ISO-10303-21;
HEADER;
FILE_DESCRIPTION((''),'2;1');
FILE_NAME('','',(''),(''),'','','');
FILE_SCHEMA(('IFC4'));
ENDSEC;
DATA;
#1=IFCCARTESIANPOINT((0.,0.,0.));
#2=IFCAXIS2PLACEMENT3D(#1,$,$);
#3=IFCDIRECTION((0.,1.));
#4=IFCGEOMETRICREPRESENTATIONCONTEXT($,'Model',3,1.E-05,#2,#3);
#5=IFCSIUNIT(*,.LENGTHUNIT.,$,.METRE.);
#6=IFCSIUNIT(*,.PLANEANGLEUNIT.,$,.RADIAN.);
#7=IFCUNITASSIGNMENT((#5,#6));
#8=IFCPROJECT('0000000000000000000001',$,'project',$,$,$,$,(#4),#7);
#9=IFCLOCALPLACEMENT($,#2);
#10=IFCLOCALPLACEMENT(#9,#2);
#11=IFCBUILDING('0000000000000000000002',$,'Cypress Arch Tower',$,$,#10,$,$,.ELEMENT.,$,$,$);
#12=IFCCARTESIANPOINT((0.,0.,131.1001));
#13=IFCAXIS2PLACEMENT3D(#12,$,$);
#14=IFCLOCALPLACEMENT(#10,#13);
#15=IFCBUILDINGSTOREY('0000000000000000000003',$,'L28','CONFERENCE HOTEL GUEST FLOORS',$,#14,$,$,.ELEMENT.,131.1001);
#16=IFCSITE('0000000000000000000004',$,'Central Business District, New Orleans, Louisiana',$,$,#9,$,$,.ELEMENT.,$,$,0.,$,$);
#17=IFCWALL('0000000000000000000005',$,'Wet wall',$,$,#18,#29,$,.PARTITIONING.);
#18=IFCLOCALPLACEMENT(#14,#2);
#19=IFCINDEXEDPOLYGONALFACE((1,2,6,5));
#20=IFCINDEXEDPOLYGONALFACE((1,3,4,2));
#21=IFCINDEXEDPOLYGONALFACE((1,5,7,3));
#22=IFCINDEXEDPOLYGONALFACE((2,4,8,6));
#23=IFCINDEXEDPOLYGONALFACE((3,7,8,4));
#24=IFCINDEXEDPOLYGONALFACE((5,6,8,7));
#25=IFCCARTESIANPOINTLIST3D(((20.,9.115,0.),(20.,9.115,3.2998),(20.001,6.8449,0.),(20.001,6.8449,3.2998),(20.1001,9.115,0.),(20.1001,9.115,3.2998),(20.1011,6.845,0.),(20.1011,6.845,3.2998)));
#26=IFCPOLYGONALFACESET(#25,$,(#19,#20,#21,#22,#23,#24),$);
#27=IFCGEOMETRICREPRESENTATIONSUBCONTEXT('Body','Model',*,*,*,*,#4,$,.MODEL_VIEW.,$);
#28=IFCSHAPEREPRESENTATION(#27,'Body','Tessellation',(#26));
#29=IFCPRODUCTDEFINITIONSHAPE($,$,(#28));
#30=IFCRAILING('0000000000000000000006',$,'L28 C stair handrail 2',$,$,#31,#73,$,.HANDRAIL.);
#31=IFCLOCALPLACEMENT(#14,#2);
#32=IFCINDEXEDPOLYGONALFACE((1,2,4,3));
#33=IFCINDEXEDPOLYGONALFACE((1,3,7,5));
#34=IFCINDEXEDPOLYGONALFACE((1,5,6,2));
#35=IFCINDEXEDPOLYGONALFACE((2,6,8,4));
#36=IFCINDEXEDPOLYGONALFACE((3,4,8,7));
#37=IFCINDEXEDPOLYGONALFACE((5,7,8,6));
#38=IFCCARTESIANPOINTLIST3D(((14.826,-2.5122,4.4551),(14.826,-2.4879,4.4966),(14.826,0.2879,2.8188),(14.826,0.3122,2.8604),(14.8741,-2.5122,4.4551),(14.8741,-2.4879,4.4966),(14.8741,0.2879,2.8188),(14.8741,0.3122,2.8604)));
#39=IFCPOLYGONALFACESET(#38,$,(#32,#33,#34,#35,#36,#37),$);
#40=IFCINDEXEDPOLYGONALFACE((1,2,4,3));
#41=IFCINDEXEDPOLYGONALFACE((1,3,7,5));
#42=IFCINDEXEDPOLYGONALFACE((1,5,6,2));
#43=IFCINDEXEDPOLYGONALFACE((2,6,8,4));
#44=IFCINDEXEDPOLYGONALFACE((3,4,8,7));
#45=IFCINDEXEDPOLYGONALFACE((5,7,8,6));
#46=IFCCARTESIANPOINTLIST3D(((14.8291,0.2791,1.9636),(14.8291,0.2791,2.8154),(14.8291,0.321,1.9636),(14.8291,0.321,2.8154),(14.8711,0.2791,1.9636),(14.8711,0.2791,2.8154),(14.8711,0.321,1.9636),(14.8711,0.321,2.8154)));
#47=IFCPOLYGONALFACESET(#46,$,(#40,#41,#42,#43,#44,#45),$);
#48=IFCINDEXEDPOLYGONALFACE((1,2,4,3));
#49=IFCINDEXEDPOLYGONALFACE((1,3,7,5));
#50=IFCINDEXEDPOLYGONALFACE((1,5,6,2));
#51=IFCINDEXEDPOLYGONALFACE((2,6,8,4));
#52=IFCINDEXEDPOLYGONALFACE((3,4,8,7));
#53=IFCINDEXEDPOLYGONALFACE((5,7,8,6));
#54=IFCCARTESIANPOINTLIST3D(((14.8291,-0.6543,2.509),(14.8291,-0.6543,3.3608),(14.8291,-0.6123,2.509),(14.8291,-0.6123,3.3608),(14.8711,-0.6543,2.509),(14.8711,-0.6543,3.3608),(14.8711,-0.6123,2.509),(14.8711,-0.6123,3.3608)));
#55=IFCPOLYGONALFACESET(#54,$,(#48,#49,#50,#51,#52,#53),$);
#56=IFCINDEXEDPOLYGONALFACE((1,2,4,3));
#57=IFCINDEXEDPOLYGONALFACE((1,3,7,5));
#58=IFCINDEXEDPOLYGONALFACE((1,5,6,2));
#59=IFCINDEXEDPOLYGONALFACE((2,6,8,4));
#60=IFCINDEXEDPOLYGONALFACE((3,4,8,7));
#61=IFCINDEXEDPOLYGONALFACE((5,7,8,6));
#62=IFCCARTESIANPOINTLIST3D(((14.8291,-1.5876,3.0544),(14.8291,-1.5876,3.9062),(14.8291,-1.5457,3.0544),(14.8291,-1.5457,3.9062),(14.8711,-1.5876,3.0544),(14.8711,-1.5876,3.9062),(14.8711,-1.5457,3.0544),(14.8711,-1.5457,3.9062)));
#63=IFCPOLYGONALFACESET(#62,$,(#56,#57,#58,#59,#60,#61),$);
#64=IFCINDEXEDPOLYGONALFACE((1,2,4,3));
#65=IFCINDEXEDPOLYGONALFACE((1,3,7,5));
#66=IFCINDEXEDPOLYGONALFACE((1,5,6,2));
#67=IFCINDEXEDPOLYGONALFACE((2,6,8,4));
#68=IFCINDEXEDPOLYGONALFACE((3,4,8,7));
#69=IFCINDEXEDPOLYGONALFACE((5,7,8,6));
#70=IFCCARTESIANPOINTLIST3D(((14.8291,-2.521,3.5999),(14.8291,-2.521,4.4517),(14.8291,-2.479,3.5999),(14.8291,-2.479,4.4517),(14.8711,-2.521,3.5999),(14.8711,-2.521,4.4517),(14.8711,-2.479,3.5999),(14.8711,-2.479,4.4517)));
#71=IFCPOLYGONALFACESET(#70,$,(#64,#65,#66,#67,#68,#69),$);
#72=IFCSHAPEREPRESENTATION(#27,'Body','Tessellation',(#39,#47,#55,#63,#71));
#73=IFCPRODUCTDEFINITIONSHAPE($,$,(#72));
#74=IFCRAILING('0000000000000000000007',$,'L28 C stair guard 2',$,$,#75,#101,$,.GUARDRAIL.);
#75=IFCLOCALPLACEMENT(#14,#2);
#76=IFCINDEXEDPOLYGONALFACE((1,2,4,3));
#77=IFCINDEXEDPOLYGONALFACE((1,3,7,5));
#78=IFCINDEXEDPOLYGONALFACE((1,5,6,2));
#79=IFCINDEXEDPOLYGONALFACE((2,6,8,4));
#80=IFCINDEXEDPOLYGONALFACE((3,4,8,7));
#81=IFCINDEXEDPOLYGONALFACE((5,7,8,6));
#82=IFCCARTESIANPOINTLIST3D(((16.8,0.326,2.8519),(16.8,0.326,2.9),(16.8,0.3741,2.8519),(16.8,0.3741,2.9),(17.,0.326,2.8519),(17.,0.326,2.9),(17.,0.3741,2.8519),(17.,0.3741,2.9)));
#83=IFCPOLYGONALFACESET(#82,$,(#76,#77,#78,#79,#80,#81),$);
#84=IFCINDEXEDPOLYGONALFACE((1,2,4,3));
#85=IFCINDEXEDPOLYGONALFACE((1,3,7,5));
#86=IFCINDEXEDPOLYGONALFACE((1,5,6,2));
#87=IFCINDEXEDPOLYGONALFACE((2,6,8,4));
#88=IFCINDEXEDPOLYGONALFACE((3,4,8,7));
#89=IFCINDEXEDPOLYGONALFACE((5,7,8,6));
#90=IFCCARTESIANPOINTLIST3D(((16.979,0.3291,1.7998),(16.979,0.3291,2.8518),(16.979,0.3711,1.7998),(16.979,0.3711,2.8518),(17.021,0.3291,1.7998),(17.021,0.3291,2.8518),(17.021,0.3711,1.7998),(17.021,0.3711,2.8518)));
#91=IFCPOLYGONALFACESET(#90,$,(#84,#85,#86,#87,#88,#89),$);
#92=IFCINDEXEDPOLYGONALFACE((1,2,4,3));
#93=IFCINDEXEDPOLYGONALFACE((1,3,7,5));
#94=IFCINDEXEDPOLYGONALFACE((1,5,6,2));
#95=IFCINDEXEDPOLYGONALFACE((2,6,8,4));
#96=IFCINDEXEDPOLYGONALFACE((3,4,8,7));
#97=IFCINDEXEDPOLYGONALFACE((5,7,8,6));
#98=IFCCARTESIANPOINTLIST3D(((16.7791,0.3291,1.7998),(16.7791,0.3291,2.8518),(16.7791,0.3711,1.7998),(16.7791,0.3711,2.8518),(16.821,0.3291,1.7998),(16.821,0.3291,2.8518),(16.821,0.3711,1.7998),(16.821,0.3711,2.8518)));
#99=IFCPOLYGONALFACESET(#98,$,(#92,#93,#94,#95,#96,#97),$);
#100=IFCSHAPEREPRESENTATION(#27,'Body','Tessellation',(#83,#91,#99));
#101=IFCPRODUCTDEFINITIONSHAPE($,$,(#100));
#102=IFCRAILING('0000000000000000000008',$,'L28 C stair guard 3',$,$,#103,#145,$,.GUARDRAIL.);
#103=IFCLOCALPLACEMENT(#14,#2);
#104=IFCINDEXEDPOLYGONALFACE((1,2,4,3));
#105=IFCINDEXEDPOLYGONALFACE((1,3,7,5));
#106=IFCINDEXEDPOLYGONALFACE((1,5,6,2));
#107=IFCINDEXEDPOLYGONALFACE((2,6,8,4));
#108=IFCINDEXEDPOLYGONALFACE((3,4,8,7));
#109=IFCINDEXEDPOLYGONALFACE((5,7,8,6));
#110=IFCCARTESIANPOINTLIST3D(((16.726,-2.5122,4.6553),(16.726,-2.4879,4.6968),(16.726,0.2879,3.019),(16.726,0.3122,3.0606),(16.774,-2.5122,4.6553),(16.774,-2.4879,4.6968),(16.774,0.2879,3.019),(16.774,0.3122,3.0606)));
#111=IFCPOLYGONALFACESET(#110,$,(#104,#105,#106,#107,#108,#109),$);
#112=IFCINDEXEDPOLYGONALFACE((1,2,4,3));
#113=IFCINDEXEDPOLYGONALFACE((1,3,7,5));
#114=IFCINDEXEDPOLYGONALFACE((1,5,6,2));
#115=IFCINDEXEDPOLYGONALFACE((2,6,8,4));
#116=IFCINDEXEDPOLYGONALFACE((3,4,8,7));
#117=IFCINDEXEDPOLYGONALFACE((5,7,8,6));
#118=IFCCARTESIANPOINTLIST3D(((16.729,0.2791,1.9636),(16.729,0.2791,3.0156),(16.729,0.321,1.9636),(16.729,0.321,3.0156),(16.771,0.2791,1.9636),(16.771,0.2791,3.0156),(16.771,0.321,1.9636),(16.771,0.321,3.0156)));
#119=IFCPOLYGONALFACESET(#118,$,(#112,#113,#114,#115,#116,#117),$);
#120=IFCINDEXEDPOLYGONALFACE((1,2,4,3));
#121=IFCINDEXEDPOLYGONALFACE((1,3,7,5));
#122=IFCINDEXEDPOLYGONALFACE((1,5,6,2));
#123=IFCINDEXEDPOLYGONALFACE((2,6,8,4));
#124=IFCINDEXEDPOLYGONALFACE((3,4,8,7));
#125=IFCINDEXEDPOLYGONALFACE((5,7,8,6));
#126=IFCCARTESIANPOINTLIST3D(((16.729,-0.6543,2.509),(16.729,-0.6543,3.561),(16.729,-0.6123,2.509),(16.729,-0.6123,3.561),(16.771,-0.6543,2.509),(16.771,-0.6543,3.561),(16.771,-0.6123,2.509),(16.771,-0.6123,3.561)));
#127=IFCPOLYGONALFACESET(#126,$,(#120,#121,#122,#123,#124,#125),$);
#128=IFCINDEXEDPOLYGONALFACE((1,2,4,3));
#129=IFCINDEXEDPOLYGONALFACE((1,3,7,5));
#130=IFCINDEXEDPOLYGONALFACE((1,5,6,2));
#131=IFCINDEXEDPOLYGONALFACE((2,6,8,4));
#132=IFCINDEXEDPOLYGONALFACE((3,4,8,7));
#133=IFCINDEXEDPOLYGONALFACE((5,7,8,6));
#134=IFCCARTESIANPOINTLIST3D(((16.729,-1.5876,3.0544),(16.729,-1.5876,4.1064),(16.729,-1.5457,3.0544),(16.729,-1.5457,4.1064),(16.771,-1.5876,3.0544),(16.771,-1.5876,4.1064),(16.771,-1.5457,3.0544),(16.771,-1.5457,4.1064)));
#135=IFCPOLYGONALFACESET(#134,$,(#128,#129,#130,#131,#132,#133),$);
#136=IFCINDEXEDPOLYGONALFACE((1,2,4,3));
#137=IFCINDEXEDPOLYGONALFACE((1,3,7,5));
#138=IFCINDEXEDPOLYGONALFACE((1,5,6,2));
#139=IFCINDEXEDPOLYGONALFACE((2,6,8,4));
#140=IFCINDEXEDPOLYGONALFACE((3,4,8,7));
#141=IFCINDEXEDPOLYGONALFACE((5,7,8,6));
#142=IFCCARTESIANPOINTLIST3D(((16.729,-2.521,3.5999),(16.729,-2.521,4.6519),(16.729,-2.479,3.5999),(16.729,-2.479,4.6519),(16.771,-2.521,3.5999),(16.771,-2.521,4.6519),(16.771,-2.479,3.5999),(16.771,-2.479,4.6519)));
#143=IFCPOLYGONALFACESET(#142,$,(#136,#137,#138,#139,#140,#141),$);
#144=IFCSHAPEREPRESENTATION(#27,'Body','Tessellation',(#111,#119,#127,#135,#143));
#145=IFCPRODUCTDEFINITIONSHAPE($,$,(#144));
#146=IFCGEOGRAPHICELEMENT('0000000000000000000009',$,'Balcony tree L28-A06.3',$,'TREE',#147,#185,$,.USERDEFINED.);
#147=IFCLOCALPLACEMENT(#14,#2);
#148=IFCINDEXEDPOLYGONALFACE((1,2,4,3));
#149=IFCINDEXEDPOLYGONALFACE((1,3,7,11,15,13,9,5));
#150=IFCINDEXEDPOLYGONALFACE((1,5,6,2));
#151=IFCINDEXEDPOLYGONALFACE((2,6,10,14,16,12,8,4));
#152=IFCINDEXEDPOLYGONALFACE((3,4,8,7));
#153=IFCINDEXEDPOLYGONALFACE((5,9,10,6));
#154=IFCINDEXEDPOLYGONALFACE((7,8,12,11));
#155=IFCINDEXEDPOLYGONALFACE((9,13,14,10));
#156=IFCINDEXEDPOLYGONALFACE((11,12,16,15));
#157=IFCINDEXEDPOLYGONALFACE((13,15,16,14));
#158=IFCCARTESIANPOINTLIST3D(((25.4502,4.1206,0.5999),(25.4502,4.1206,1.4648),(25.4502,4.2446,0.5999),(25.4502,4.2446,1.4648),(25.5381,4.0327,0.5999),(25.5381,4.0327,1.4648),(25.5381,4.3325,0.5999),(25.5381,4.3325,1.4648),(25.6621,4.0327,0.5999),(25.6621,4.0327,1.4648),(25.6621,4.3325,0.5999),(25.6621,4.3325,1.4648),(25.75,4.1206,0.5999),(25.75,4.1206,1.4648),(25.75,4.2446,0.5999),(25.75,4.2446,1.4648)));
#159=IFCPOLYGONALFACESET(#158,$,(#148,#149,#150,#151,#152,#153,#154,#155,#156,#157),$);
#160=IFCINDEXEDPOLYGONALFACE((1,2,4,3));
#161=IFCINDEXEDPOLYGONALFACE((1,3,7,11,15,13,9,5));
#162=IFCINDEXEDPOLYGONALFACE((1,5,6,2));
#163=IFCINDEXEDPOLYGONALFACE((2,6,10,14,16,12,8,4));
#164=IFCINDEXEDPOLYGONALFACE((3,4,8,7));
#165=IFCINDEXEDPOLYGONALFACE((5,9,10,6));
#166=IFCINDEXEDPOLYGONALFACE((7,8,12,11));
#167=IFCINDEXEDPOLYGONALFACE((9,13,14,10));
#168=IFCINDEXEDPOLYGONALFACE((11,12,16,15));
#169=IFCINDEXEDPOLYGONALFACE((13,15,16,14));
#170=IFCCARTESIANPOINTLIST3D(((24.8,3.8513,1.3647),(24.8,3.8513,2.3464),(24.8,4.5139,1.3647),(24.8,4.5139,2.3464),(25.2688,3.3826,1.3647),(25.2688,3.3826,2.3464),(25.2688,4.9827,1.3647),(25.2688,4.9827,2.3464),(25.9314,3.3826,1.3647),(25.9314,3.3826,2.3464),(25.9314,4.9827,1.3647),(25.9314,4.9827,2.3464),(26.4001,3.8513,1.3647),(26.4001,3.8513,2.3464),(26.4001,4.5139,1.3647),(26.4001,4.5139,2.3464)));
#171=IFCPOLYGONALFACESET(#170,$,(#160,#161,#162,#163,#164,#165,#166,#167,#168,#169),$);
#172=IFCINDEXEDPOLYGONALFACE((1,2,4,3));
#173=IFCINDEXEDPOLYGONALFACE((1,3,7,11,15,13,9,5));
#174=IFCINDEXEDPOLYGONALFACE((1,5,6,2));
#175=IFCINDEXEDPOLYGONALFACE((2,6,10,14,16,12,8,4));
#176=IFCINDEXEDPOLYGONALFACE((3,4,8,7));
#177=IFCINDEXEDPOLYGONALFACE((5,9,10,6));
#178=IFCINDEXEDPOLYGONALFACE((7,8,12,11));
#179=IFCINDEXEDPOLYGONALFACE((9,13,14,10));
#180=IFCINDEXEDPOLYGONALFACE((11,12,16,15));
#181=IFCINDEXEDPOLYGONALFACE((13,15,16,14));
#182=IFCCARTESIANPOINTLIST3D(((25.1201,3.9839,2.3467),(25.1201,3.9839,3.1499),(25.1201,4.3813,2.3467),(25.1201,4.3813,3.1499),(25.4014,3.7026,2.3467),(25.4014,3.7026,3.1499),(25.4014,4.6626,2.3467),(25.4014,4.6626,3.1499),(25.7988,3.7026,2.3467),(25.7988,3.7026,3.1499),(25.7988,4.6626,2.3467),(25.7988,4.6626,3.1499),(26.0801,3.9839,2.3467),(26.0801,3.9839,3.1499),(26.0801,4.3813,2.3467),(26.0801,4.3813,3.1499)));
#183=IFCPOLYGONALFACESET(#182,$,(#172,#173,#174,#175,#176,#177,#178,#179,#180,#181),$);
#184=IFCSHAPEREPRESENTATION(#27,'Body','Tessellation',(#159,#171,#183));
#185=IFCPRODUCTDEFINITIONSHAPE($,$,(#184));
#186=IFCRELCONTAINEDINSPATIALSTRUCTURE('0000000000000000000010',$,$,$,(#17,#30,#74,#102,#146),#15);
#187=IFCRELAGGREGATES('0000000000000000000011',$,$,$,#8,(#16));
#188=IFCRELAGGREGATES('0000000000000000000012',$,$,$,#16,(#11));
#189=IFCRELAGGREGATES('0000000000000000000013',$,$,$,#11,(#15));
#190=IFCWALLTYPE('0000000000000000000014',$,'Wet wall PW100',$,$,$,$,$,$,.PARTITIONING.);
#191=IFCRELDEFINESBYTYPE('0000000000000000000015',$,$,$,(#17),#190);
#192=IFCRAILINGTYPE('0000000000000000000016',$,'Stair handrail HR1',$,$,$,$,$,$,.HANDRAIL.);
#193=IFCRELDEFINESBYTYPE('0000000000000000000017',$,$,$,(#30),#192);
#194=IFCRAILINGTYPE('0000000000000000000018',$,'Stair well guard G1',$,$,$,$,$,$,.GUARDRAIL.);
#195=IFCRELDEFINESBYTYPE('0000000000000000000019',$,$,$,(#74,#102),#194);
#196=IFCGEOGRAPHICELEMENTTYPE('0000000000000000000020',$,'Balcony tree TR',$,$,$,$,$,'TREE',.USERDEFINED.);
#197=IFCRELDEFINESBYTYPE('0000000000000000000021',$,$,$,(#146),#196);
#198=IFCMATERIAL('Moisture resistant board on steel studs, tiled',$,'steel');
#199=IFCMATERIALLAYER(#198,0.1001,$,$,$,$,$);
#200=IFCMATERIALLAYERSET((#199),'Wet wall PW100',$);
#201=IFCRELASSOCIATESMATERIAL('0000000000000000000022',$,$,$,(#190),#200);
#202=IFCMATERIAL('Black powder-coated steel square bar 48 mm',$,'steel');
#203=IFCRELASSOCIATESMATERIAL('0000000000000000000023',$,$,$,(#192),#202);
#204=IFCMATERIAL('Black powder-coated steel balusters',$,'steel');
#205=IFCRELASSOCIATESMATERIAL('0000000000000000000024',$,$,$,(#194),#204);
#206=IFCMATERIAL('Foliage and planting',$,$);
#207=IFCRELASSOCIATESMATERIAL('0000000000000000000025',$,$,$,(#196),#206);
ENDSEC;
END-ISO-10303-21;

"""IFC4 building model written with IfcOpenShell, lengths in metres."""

from ifc_helpers import new_model, si_unit, direction, frame, frame_2d, origin, origin_2d, place, context, subcontext, project, spatial, polyline, rectangle, outline, extrude, material, layer, layer_set, type_object, element, save


model = new_model("IFC4")

# Units and contexts
model_context = context("Model", 3, precision=1e-05, world=origin(), true_north=direction((0.0, 1.0)))
body_context = subcontext(model_context, "Body", "Model", "MODEL_VIEW")
ifc_project = project(units=[si_unit("LENGTHUNIT", "METRE"), si_unit("PLANEANGLEUNIT", "RADIAN")], contexts=[model_context])

# Site, building, storey
site_placement = place(None, origin())
site = spatial("IfcSite", under=ifc_project, at=site_placement, Name="Central Business District, New Orleans, Louisiana", CompositionType="ELEMENT", RefElevation=0.0)
building_placement = place(site_placement, origin())
building = spatial("IfcBuilding", under=site, at=building_placement, Name="Cypress Arch Tower", CompositionType="ELEMENT")
storey_placement = place(building_placement, frame((0.0, 0.0, 131.1001)))
storey = spatial("IfcBuildingStorey", under=building, at=storey_placement, Name="L28", Description="CONFERENCE HOTEL GUEST FLOORS", CompositionType="ELEMENT", Elevation=131.1001)

# Shared definitions
ifc_material_1 = material(Name="Moisture resistant board on steel studs, tiled", Category="steel")
ifc_layer_1 = layer(ifc_material_1, 0.1001)
ifc_layer_set_1 = layer_set([ifc_layer_1], Name="Wet wall PW100")
wall_type_1 = type_object("IfcWallType", Name="Wet wall PW100", PredefinedType="PARTITIONING", material=ifc_layer_set_1)

# Wall
wall_1_placement = place(storey_placement, frame((20.05, 9.115, 0.0), z_axis=(0.0, 0.0, 1.0), x_axis=(0.00043, -1.0, 0.0)))
element("IfcWall", 1, at=wall_1_placement, inside=storey, type_object=wall_type_1, Name="Wet wall", PredefinedType="PARTITIONING", context=body_context, shape_type="SweptSolid", body=[
    extrude(rectangle(XDim=2.27, YDim=0.1001, at=frame_2d((1.135, 0.0))), origin(), (0.0, 0.0, 1.0), 3.2998),
])

# Railings
ifc_material_2 = material(Name="Black powder-coated steel square bar 48 mm", Category="steel")
railing_type_1 = type_object("IfcRailingType", Name="Stair handrail HR1", PredefinedType="HANDRAIL", material=ifc_material_2)
railing_1_placement = place(storey_placement, frame((14.8501, 0.3, 1.9636)))
element("IfcRailing", 2, at=railing_1_placement, inside=storey, type_object=railing_type_1, Name="L28 C stair handrail 2", PredefinedType="HANDRAIL", context=body_context, shape_type="SweptSolid", body=[
    extrude(rectangle(XDim=0.0481, YDim=0.0481, at=origin_2d()), frame((0.0, 0.0, 0.876), z_axis=(0.0, -0.863394, 0.504531), x_axis=(1.0, 0.0, 0.0)), (0.0, 0.0, 1.0), 3.2432),
    extrude(rectangle(XDim=0.042, YDim=0.042, at=origin_2d()), origin(), (0.0, 0.0, 1.0), 0.8518),
    extrude(rectangle(XDim=0.042, YDim=0.042, at=origin_2d()), frame((0.0, -0.9333, 0.5454)), (0.0, 0.0, 1.0), 0.8518),
    extrude(rectangle(XDim=0.042, YDim=0.042, at=origin_2d()), frame((0.0, -1.8667, 1.0908)), (0.0, 0.0, 1.0), 0.8518),
    extrude(rectangle(XDim=0.042, YDim=0.042, at=origin_2d()), frame((0.0, -2.8, 1.6362)), (0.0, 0.0, 1.0), 0.8518),
])
ifc_material_3 = material(Name="Black powder-coated steel balusters", Category="steel")
railing_type_2 = type_object("IfcRailingType", Name="Stair well guard G1", PredefinedType="GUARDRAIL", material=ifc_material_3)
railing_2_placement = place(storey_placement, frame((17.0, 0.3501, 1.7998)))
element("IfcRailing", 3, at=railing_2_placement, inside=storey, type_object=railing_type_2, Name="L28 C stair guard 2", PredefinedType="GUARDRAIL", context=body_context, shape_type="SweptSolid", body=[
    extrude(rectangle(XDim=0.0481, YDim=0.0481, at=origin_2d()), frame((0.0, 0.0, 1.0762), z_axis=(-1.0, 0.0, 0.0), x_axis=(0.0, -1.0, 0.0)), (0.0, 0.0, 1.0), 0.2),
    extrude(rectangle(XDim=0.042, YDim=0.042, at=origin_2d()), origin(), (0.0, 0.0, 1.0), 1.052),
    extrude(rectangle(XDim=0.042, YDim=0.042, at=origin_2d()), frame((-0.2, 0.0, 0.0)), (0.0, 0.0, 1.0), 1.052),
])
railing_3_placement = place(storey_placement, frame((16.75, 0.3, 1.9636)))
element("IfcRailing", 4, at=railing_3_placement, inside=storey, type_object=railing_type_2, Name="L28 C stair guard 3", PredefinedType="GUARDRAIL", context=body_context, shape_type="SweptSolid", body=[
    extrude(rectangle(XDim=0.0481, YDim=0.0481, at=origin_2d()), frame((0.0, 0.0, 1.0762), z_axis=(0.0, -0.863394, 0.504531), x_axis=(1.0, 0.0, 0.0)), (0.0, 0.0, 1.0), 3.2432),
    extrude(rectangle(XDim=0.042, YDim=0.042, at=origin_2d()), origin(), (0.0, 0.0, 1.0), 1.052),
    extrude(rectangle(XDim=0.042, YDim=0.042, at=origin_2d()), frame((0.0, -0.9333, 0.5454)), (0.0, 0.0, 1.0), 1.052),
    extrude(rectangle(XDim=0.042, YDim=0.042, at=origin_2d()), frame((0.0, -1.8667, 1.0908)), (0.0, 0.0, 1.0), 1.052),
    extrude(rectangle(XDim=0.042, YDim=0.042, at=origin_2d()), frame((0.0, -2.8, 1.6362)), (0.0, 0.0, 1.0), 1.052),
])

# Geographic element
ifc_material_4 = material(Name="Foliage and planting")
geographic_element_type = type_object("IfcGeographicElementType", Name="Balcony tree TR", ElementType="TREE", PredefinedType="USERDEFINED", material=ifc_material_4)
for number, where, z_axis, x_axis, name in (
    (5, (25.6001, 4.1826, 0.5999), (0.0, 0.0, 1.0), (1.0, 0.0, 0.0), "Balcony tree L28-A06.3"),
):
    element("IfcGeographicElement", number, at=place(storey_placement, frame(where, z_axis=z_axis, x_axis=x_axis)), inside=storey, type_object=geographic_element_type, Name=name, ObjectType="TREE", PredefinedType="USERDEFINED", context=body_context, shape_type="SweptSolid", body=[
        extrude(outline(polyline([(0.1499, 0.062), (0.062, 0.1499), (-0.062, 0.1499), (-0.1499, 0.062), (-0.1499, -0.062), (-0.062, -0.1499), (0.062, -0.1499), (0.1499, -0.062), (0.1499, 0.062)])), origin(), (0.0, 0.0, 1.0), 0.865),
        extrude(outline(polyline([(0.8, 0.3313), (0.3313, 0.8), (-0.3313, 0.8), (-0.8, 0.3313), (-0.8, -0.3313), (-0.3313, -0.8), (0.3313, -0.8), (0.8, -0.3313), (0.8, 0.3313)])), frame((0.0, 0.0, 0.7649)), (0.0, 0.0, 1.0), 0.9817),
        extrude(outline(polyline([(0.48, 0.1987), (0.1987, 0.48), (-0.1987, 0.48), (-0.48, 0.1987), (-0.48, -0.1987), (-0.1987, -0.48), (0.1987, -0.48), (0.48, -0.1987), (0.48, 0.1987)])), frame((0.0, 0.0, 1.7468)), (0.0, 0.0, 1.0), 0.8032),
    ])

save(model, "model.ifc")
